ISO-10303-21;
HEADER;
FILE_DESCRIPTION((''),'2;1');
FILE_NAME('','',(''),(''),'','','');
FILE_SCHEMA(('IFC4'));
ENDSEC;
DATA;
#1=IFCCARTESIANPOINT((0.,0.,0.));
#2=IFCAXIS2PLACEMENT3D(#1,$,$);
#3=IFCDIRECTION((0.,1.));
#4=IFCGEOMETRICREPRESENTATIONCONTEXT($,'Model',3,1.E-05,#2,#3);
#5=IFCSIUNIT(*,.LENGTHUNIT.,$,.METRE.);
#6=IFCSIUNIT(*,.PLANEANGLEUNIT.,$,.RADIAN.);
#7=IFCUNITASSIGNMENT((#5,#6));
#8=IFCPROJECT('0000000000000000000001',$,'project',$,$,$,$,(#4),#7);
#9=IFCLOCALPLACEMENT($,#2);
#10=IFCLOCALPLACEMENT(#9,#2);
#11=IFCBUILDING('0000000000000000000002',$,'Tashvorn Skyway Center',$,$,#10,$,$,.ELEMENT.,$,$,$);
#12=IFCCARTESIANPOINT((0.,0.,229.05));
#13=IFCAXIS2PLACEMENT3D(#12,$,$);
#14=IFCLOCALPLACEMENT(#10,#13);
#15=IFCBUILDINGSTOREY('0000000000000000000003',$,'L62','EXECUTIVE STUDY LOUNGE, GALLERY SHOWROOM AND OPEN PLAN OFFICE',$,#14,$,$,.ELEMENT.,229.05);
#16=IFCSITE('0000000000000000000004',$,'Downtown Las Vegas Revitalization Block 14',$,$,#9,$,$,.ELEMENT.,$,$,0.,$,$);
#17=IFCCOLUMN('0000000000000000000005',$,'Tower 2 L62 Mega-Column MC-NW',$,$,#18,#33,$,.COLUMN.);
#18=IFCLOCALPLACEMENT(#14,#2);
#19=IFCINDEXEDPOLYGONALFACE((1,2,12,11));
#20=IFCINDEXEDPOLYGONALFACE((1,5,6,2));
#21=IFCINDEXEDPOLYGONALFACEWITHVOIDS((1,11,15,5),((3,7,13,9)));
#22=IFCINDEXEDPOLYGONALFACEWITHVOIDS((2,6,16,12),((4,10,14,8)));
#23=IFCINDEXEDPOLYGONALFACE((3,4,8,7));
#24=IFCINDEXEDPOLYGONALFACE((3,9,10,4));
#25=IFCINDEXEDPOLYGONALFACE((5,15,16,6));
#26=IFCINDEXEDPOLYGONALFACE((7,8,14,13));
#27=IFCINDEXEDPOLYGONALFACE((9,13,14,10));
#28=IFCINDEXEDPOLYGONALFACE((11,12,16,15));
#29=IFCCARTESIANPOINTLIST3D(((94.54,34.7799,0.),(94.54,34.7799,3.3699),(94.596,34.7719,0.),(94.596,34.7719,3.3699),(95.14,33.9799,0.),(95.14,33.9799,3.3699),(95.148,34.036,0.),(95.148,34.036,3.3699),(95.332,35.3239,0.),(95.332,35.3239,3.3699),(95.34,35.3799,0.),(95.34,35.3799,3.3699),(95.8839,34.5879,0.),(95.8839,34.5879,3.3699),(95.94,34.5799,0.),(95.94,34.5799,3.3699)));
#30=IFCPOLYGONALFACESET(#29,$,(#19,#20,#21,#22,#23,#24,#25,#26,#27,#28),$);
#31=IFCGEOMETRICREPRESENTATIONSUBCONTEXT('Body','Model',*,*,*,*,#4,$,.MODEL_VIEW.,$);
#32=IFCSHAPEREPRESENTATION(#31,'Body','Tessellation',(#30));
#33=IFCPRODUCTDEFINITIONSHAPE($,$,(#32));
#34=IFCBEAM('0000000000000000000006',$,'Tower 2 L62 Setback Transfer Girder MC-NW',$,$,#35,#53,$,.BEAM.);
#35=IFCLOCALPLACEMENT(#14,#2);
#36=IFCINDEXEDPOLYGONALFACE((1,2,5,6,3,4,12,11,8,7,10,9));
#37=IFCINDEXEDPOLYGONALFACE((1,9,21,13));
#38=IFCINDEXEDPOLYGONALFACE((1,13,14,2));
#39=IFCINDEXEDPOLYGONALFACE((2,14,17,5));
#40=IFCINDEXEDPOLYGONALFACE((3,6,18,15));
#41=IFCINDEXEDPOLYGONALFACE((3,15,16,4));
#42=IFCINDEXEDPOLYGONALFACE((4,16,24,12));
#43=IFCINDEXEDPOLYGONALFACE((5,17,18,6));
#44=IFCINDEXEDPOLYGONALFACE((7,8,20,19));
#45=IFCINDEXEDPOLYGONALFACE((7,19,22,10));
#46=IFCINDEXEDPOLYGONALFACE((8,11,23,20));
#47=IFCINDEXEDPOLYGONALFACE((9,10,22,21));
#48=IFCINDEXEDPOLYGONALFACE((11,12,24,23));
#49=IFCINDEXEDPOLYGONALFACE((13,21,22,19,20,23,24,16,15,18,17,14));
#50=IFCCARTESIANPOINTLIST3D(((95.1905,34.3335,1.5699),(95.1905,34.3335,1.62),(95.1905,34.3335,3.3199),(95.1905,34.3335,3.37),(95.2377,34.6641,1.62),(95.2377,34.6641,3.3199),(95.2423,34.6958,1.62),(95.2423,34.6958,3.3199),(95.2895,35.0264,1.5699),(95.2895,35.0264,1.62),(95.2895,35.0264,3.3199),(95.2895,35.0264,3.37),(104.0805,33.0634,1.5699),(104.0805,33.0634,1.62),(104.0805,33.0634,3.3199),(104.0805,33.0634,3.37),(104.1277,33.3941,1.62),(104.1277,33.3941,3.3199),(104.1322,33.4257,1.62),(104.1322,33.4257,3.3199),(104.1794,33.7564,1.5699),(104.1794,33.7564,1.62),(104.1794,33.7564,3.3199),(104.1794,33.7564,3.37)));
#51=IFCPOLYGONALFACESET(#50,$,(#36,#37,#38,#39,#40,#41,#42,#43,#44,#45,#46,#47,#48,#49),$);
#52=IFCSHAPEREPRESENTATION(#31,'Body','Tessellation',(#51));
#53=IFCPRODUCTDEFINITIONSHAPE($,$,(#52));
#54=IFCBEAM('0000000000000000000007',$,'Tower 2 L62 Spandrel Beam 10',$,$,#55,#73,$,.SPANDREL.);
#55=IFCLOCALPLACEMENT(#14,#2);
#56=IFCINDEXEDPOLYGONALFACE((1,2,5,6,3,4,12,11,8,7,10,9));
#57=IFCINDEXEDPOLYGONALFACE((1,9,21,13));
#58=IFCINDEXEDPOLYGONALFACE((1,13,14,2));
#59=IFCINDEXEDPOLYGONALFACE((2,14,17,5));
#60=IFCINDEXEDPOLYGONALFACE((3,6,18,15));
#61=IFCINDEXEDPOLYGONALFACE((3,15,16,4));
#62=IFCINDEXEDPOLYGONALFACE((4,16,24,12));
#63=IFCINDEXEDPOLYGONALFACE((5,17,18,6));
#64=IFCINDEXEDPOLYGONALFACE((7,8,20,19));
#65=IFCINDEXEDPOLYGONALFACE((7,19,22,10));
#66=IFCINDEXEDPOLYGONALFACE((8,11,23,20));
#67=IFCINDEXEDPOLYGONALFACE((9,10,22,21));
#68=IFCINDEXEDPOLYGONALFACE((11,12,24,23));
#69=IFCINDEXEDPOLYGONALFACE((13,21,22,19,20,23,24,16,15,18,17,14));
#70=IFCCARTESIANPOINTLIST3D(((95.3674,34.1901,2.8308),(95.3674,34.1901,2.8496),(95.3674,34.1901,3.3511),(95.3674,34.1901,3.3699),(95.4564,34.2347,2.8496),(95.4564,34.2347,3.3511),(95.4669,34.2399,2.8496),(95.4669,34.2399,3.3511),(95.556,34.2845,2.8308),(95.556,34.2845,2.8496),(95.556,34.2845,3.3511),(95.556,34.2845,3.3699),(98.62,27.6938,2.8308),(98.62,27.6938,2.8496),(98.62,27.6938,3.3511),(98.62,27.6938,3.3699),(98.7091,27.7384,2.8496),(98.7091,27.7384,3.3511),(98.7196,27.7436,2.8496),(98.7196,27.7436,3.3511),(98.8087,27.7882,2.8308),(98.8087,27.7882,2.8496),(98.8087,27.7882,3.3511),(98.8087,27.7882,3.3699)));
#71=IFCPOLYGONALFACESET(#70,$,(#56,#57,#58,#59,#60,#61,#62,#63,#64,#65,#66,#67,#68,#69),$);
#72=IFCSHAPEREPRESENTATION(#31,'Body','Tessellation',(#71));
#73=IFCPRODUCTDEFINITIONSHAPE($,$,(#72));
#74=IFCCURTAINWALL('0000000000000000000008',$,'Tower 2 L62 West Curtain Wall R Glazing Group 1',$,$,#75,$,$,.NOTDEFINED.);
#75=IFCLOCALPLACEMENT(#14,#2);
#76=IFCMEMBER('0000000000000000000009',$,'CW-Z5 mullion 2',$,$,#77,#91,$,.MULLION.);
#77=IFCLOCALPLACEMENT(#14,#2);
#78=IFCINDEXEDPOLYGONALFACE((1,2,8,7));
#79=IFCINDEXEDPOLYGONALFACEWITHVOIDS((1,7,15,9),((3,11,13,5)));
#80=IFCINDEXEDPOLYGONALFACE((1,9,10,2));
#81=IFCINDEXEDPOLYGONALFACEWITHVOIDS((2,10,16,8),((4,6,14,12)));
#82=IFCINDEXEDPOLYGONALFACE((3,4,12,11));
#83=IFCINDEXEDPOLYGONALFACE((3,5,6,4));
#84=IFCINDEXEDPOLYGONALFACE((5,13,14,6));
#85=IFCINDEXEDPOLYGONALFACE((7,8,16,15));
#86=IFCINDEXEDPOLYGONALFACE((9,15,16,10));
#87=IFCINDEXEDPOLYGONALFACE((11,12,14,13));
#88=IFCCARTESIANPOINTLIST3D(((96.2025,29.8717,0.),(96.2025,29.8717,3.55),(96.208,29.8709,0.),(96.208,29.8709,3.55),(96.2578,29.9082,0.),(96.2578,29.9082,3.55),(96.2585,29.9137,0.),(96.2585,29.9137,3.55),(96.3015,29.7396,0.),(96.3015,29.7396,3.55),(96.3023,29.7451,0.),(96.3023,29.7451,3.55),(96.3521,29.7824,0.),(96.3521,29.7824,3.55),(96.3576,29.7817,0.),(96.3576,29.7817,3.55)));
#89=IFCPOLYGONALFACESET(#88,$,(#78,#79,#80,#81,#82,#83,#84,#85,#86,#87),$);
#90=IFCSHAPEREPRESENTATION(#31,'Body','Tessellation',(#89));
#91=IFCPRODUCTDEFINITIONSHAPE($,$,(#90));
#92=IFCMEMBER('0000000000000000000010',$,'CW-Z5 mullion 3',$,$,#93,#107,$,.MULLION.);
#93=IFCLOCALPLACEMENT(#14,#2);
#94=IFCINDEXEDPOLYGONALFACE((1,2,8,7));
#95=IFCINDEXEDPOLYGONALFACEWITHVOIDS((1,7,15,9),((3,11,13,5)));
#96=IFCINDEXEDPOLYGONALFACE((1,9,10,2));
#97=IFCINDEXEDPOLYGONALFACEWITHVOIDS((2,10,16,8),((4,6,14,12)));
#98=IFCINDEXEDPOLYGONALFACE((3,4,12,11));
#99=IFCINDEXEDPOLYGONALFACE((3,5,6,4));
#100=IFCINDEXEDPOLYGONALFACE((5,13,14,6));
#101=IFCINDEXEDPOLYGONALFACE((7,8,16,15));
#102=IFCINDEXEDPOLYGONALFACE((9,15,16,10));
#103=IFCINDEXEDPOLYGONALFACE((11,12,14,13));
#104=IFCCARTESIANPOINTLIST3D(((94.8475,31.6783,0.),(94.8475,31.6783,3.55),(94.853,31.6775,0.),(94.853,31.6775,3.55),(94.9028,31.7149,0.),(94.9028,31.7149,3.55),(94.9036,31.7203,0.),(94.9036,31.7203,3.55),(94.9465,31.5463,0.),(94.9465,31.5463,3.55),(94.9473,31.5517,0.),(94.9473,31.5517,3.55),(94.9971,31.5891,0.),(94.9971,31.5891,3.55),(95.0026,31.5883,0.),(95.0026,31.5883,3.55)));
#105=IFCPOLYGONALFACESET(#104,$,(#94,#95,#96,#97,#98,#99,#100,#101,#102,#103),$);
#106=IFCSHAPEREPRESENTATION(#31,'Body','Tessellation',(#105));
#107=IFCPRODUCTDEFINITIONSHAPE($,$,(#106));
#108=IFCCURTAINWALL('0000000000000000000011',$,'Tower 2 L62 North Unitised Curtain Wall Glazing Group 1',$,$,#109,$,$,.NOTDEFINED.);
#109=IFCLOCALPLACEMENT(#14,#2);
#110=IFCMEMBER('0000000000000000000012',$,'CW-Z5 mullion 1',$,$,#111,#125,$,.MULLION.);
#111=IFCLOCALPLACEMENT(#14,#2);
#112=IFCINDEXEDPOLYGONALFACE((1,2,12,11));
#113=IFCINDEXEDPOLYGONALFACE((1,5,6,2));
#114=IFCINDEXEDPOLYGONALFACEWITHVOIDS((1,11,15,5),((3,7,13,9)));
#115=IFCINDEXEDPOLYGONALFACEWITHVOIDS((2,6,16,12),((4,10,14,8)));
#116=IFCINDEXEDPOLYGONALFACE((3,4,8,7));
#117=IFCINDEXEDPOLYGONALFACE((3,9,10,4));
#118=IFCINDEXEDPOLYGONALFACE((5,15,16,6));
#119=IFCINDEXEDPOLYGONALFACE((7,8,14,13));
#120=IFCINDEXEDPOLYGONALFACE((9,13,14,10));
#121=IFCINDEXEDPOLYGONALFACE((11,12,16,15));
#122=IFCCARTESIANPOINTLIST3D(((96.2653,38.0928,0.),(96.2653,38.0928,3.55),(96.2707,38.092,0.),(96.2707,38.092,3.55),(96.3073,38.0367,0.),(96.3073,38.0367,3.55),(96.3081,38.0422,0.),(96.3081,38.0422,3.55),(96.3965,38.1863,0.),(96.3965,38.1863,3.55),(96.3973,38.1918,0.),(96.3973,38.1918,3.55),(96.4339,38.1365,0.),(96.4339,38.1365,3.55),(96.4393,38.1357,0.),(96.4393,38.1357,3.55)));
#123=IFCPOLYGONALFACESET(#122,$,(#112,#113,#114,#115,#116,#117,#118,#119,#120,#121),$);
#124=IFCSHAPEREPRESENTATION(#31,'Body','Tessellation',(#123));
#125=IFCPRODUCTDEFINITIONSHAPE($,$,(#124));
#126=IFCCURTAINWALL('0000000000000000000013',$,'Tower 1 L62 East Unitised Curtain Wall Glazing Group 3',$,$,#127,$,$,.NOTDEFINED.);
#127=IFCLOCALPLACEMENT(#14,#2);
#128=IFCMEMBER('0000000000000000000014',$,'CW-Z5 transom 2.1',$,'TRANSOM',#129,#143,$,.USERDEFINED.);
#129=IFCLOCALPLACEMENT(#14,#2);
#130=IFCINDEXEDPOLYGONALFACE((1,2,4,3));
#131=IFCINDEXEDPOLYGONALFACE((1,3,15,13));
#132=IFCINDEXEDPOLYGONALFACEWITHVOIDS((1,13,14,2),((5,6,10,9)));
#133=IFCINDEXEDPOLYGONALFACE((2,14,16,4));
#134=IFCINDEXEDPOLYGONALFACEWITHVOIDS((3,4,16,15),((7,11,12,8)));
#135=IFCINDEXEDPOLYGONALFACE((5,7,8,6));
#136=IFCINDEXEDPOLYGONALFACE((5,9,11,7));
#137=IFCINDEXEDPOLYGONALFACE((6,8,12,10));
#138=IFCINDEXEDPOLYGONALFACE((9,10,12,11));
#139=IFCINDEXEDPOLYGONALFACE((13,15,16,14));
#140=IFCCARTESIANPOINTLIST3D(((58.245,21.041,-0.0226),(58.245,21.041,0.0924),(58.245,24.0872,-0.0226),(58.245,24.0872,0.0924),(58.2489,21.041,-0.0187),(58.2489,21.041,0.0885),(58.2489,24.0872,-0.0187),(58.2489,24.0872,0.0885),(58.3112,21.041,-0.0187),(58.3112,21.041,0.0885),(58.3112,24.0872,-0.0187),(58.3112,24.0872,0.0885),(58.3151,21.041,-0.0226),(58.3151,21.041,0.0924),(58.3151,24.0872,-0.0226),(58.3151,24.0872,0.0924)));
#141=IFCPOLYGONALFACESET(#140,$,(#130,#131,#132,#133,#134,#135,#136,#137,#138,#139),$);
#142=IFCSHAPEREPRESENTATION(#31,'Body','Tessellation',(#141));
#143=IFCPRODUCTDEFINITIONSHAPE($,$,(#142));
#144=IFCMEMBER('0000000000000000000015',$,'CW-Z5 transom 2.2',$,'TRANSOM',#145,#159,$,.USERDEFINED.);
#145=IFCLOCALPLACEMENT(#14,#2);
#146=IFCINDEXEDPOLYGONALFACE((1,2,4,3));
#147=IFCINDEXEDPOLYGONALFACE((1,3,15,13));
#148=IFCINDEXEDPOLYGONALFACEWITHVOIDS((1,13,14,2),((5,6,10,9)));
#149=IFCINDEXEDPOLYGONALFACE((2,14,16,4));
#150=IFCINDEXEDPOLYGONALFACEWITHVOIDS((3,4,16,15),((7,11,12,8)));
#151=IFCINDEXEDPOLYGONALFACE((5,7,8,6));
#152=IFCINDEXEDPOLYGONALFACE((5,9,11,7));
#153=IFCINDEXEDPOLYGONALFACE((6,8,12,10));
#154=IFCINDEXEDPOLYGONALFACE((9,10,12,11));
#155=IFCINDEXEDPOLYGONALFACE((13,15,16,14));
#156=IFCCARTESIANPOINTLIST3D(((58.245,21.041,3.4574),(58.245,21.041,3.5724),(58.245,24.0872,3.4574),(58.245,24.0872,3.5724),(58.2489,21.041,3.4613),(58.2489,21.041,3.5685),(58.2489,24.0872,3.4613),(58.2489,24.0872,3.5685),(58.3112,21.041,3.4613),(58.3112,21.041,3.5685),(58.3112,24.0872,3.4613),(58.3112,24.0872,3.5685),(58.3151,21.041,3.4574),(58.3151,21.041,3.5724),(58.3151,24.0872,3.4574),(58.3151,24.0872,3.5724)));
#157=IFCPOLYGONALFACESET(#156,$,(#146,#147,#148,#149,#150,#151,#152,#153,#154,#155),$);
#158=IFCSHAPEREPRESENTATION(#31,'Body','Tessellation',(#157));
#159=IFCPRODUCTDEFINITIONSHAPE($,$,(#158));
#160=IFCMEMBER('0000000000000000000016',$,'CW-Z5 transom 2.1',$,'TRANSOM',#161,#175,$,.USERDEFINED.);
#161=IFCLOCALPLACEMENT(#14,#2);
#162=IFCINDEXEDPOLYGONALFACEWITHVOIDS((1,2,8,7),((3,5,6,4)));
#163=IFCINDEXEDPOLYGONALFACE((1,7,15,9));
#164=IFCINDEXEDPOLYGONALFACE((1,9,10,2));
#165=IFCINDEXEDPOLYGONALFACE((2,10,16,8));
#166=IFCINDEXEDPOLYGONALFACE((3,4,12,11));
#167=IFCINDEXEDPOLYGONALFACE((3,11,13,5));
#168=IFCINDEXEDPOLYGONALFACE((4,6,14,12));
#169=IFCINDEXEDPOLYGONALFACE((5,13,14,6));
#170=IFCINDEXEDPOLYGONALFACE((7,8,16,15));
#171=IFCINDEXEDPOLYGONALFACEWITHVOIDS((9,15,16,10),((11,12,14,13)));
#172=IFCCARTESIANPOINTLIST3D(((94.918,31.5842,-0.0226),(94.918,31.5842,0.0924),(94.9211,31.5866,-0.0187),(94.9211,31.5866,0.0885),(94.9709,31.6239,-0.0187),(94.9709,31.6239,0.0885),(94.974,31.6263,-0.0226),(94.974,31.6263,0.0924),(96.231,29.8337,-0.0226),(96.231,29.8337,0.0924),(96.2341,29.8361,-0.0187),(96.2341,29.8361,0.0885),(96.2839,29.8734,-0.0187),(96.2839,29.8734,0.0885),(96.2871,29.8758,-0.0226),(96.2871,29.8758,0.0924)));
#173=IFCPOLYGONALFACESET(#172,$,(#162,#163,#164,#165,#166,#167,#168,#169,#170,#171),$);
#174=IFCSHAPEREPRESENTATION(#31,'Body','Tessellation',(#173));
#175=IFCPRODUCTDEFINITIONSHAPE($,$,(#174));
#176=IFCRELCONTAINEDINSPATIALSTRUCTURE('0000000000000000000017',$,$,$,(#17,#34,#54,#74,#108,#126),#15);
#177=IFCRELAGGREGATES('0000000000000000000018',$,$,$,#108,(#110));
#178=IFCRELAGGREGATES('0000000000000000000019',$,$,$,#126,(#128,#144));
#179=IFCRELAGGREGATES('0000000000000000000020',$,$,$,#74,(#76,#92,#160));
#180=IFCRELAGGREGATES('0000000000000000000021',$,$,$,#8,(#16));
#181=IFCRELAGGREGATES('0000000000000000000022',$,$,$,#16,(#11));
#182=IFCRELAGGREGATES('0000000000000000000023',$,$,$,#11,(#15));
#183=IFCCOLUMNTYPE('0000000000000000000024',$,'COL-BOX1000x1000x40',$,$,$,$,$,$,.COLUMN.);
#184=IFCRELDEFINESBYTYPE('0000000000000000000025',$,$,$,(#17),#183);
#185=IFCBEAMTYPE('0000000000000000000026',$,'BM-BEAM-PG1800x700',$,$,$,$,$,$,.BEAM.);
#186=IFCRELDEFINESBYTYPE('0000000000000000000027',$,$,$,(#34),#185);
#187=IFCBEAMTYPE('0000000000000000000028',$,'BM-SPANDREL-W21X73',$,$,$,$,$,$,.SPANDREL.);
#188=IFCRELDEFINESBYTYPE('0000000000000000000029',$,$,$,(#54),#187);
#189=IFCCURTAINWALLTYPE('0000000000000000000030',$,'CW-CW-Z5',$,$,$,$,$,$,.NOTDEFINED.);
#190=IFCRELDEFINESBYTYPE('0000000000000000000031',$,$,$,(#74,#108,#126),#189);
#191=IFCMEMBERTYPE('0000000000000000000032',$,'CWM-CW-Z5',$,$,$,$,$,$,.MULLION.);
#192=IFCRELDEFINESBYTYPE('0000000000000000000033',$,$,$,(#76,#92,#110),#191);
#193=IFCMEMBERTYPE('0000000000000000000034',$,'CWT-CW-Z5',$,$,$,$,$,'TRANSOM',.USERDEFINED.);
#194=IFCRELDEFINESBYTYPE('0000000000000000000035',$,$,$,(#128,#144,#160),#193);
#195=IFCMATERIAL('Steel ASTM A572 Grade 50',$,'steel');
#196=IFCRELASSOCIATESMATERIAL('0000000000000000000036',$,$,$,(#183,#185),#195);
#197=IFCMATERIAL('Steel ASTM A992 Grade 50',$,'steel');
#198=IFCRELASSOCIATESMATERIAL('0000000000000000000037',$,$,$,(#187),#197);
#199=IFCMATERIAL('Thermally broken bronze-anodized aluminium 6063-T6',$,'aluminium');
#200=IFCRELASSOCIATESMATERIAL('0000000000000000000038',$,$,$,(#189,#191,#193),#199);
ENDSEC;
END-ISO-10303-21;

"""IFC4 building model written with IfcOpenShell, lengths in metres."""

from ifc_helpers import new_model, si_unit, direction, frame, origin, origin_2d, place, context, subcontext, project, spatial, hollow_rectangle, i_section, extrude, material, material_profile, profile_set, type_object, element, aggregate, save


model = new_model("IFC4")

# Units and contexts
model_context = context("Model", 3, precision=1e-05, world=origin(), true_north=direction((0.0, 1.0)))
body_context = subcontext(model_context, "Body", "Model", "MODEL_VIEW")
ifc_project = project(units=[si_unit("LENGTHUNIT", "METRE"), si_unit("PLANEANGLEUNIT", "RADIAN")], contexts=[model_context])

# Site, building, storey
site_placement = place(None, origin())
site = spatial("IfcSite", under=ifc_project, at=site_placement, Name="Downtown Las Vegas Revitalization Block 14", CompositionType="ELEMENT", RefElevation=0.0)
building_placement = place(site_placement, origin())
building = spatial("IfcBuilding", under=site, at=building_placement, Name="Tashvorn Skyway Center", CompositionType="ELEMENT")
storey_placement = place(building_placement, frame((0.0, 0.0, 229.05)))
storey = spatial("IfcBuildingStorey", under=building, at=storey_placement, Name="L62", Description="EXECUTIVE STUDY LOUNGE, GALLERY SHOWROOM AND OPEN PLAN OFFICE", CompositionType="ELEMENT", Elevation=229.05)

# Column
ifc_material_1 = material(Name="Steel ASTM A572 Grade 50", Category="steel")
ifc_material_profile_1 = material_profile(ifc_material_1, hollow_rectangle(XDim=1.0, YDim=1.0, WallThickness=0.04, at=origin_2d()), Name="BOX1000x1000x40")
ifc_profile_set_1 = profile_set([ifc_material_profile_1], Name="Steel ASTM A572 Grade 50")
column_type = type_object("IfcColumnType", Name="COL-BOX1000x1000x40", PredefinedType="COLUMN", material=ifc_profile_set_1)
column_placement = place(storey_placement, frame((95.24, 34.6799, 0.0), z_axis=(0.0, 0.0, 1.0), x_axis=(0.8, 0.6, 0.0)))
element("IfcColumn", 1, at=column_placement, inside=storey, type_object=column_type, Name="Tower 2 L62 Mega-Column MC-NW", PredefinedType="COLUMN", context=body_context, shape_type="SweptSolid", body=[
    extrude(hollow_rectangle(XDim=1.0, YDim=1.0, WallThickness=0.04, at=origin_2d()), origin(), (0.0, 0.0, 1.0), 3.3699),
])

# Beams
ifc_material_profile_2 = material_profile(ifc_material_1, i_section(OverallWidth=0.7, OverallDepth=1.8, WebThickness=0.032, FlangeThickness=0.05, at=origin_2d()), Name="PG1800x700")
ifc_profile_set_2 = profile_set([ifc_material_profile_2], Name="Steel ASTM A572 Grade 50")
beam_type_1 = type_object("IfcBeamType", Name="BM-BEAM-PG1800x700", PredefinedType="BEAM", material=ifc_profile_set_2)
beam_1_placement = place(storey_placement, frame((95.24, 34.6799, 2.47), z_axis=(0.989949, -0.141425, 0.0), x_axis=(0.141425, 0.989949, 0.0)))
element("IfcBeam", 2, at=beam_1_placement, inside=storey, type_object=beam_type_1, Name="Tower 2 L62 Setback Transfer Girder MC-NW", PredefinedType="BEAM", context=body_context, shape_type="SweptSolid", body=[
    extrude(i_section(OverallWidth=0.7, OverallDepth=1.8, WebThickness=0.032, FlangeThickness=0.05, at=origin_2d()), origin(), (0.0, 0.0, 1.0), 8.9802),
])
ifc_material_2 = material(Name="Steel ASTM A992 Grade 50", Category="steel")
ifc_material_profile_3 = material_profile(ifc_material_2, i_section(OverallWidth=0.2109, OverallDepth=0.5391, WebThickness=0.0117, FlangeThickness=0.0188, at=origin_2d()), Name="W21X73")
ifc_profile_set_3 = profile_set([ifc_material_profile_3], Name="Steel ASTM A992 Grade 50")
beam_type_2 = type_object("IfcBeamType", Name="BM-SPANDREL-W21X73", PredefinedType="SPANDREL", material=ifc_profile_set_3)
beam_2_placement = place(storey_placement, frame((95.4617, 34.2373, 3.1003), z_axis=(0.447711, -0.894178, 0.0), x_axis=(0.894178, 0.447711, 0.0)))
element("IfcBeam", 3, at=beam_2_placement, inside=storey, type_object=beam_type_2, Name="Tower 2 L62 Spandrel Beam 10", PredefinedType="SPANDREL", context=body_context, shape_type="SweptSolid", body=[
    extrude(i_section(OverallWidth=0.2109, OverallDepth=0.5391, WebThickness=0.0117, FlangeThickness=0.0188, at=origin_2d()), origin(), (0.0, 0.0, 1.0), 7.2651),
])

# Curtain wall, members
ifc_material_3 = material(Name="Thermally broken bronze-anodized aluminium 6063-T6", Category="aluminium")
curtain_wall_type = type_object("IfcCurtainWallType", Name="CW-CW-Z5", PredefinedType="NOTDEFINED", material=ifc_material_3)
curtain_wall_1_placement = place(storey_placement, origin())
curtain_wall_1 = element("IfcCurtainWall", 4, at=curtain_wall_1_placement, inside=storey, type_object=curtain_wall_type, Name="Tower 2 L62 West Curtain Wall R Glazing Group 1", PredefinedType="NOTDEFINED")
ifc_material_profile_4 = material_profile(ifc_material_3, hollow_rectangle(XDim=0.0701, YDim=0.165, WallThickness=0.0039, at=origin_2d()), Name="ALU-MULL-70x165")
ifc_profile_set_4 = profile_set([ifc_material_profile_4], Name="Thermally broken bronze-anodized aluminium 6063-T6")
member_type_1 = type_object("IfcMemberType", Name="CWM-CW-Z5", PredefinedType="MULLION", material=ifc_profile_set_4)
member_1_placement = place(storey_placement, frame((96.28, 29.8267, 0.0), z_axis=(0.0, 0.0, 1.0), x_axis=(-0.799997, -0.600003, 0.0)))
member_1 = element("IfcMember", 5, at=member_1_placement, type_object=member_type_1, Name="CW-Z5 mullion 2", PredefinedType="MULLION", context=body_context, shape_type="SweptSolid", body=[
    extrude(hollow_rectangle(XDim=0.0701, YDim=0.165, WallThickness=0.0039, at=origin_2d()), origin(), (0.0, 0.0, 1.0), 3.55),
])
member_2_placement = place(storey_placement, frame((94.925, 31.6333, 0.0), z_axis=(0.0, 0.0, 1.0), x_axis=(-0.799997, -0.600003, 0.0)))
member_2 = element("IfcMember", 6, at=member_2_placement, type_object=member_type_1, Name="CW-Z5 mullion 3", PredefinedType="MULLION", context=body_context, shape_type="SweptSolid", body=[
    extrude(hollow_rectangle(XDim=0.0701, YDim=0.165, WallThickness=0.0039, at=origin_2d()), origin(), (0.0, 0.0, 1.0), 3.55),
])

# Curtain wall, member
curtain_wall_2_placement = place(storey_placement, origin())
curtain_wall_2 = element("IfcCurtainWall", 7, at=curtain_wall_2_placement, inside=storey, type_object=curtain_wall_type, Name="Tower 2 L62 North Unitised Curtain Wall Glazing Group 1", PredefinedType="NOTDEFINED")
member_3_placement = place(storey_placement, frame((96.3523, 38.1143, 0.0), z_axis=(0.0, 0.0, 1.0), x_axis=(-0.600003, 0.799998, 0.0)))
member_3 = element("IfcMember", 8, at=member_3_placement, type_object=member_type_1, Name="CW-Z5 mullion 1", PredefinedType="MULLION", context=body_context, shape_type="SweptSolid", body=[
    extrude(hollow_rectangle(XDim=0.0701, YDim=0.165, WallThickness=0.0039, at=origin_2d()), origin(), (0.0, 0.0, 1.0), 3.55),
])

# Curtain wall, members
curtain_wall_3_placement = place(storey_placement, origin())
curtain_wall_3 = element("IfcCurtainWall", 9, at=curtain_wall_3_placement, inside=storey, type_object=curtain_wall_type, Name="Tower 1 L62 East Unitised Curtain Wall Glazing Group 3", PredefinedType="NOTDEFINED")
ifc_material_profile_5 = material_profile(ifc_material_3, hollow_rectangle(XDim=0.0701, YDim=0.115, WallThickness=0.0039, at=origin_2d()), Name="ALU-TRAN-70x115")
ifc_profile_set_5 = profile_set([ifc_material_profile_5], Name="Thermally broken bronze-anodized aluminium 6063-T6")
member_type_2 = type_object("IfcMemberType", Name="CWT-CW-Z5", ElementType="TRANSOM", PredefinedType="USERDEFINED", material=ifc_profile_set_5)
member_4_placement = place(storey_placement, frame((58.28, 24.0872, 0.0349), z_axis=(0.0, -1.0, 0.0), x_axis=(1.0, 0.0, 0.0)))
member_4 = element("IfcMember", 10, at=member_4_placement, type_object=member_type_2, Name="CW-Z5 transom 2.1", ObjectType="TRANSOM", PredefinedType="USERDEFINED", context=body_context, shape_type="SweptSolid", body=[
    extrude(hollow_rectangle(XDim=0.0701, YDim=0.115, WallThickness=0.0039, at=origin_2d()), origin(), (0.0, 0.0, 1.0), 3.0461),
])
member_5_placement = place(storey_placement, frame((58.28, 24.0872, 3.5149), z_axis=(0.0, -1.0, 0.0), x_axis=(1.0, 0.0, 0.0)))
member_5 = element("IfcMember", 11, at=member_5_placement, type_object=member_type_2, Name="CW-Z5 transom 2.2", ObjectType="TRANSOM", PredefinedType="USERDEFINED", context=body_context, shape_type="SweptSolid", body=[
    extrude(hollow_rectangle(XDim=0.0701, YDim=0.115, WallThickness=0.0039, at=origin_2d()), origin(), (0.0, 0.0, 1.0), 3.0461),
])

# Member
member_6_placement = place(storey_placement, frame((96.259, 29.8547, 0.0349), z_axis=(-0.600036, 0.799973, 0.0), x_axis=(-0.799973, -0.600036, 0.0)))
member_6 = element("IfcMember", 12, at=member_6_placement, type_object=member_type_2, Name="CW-Z5 transom 2.1", ObjectType="TRANSOM", PredefinedType="USERDEFINED", context=body_context, shape_type="SweptSolid", body=[
    extrude(hollow_rectangle(XDim=0.0701, YDim=0.115, WallThickness=0.0039, at=origin_2d()), origin(), (0.0, 0.0, 1.0), 2.1882),
])
aggregate(curtain_wall_2, [member_3])

aggregate(curtain_wall_3, [member_4, member_5])
aggregate(curtain_wall_1, [member_1, member_2, member_6])

save(model, "model.ifc")
